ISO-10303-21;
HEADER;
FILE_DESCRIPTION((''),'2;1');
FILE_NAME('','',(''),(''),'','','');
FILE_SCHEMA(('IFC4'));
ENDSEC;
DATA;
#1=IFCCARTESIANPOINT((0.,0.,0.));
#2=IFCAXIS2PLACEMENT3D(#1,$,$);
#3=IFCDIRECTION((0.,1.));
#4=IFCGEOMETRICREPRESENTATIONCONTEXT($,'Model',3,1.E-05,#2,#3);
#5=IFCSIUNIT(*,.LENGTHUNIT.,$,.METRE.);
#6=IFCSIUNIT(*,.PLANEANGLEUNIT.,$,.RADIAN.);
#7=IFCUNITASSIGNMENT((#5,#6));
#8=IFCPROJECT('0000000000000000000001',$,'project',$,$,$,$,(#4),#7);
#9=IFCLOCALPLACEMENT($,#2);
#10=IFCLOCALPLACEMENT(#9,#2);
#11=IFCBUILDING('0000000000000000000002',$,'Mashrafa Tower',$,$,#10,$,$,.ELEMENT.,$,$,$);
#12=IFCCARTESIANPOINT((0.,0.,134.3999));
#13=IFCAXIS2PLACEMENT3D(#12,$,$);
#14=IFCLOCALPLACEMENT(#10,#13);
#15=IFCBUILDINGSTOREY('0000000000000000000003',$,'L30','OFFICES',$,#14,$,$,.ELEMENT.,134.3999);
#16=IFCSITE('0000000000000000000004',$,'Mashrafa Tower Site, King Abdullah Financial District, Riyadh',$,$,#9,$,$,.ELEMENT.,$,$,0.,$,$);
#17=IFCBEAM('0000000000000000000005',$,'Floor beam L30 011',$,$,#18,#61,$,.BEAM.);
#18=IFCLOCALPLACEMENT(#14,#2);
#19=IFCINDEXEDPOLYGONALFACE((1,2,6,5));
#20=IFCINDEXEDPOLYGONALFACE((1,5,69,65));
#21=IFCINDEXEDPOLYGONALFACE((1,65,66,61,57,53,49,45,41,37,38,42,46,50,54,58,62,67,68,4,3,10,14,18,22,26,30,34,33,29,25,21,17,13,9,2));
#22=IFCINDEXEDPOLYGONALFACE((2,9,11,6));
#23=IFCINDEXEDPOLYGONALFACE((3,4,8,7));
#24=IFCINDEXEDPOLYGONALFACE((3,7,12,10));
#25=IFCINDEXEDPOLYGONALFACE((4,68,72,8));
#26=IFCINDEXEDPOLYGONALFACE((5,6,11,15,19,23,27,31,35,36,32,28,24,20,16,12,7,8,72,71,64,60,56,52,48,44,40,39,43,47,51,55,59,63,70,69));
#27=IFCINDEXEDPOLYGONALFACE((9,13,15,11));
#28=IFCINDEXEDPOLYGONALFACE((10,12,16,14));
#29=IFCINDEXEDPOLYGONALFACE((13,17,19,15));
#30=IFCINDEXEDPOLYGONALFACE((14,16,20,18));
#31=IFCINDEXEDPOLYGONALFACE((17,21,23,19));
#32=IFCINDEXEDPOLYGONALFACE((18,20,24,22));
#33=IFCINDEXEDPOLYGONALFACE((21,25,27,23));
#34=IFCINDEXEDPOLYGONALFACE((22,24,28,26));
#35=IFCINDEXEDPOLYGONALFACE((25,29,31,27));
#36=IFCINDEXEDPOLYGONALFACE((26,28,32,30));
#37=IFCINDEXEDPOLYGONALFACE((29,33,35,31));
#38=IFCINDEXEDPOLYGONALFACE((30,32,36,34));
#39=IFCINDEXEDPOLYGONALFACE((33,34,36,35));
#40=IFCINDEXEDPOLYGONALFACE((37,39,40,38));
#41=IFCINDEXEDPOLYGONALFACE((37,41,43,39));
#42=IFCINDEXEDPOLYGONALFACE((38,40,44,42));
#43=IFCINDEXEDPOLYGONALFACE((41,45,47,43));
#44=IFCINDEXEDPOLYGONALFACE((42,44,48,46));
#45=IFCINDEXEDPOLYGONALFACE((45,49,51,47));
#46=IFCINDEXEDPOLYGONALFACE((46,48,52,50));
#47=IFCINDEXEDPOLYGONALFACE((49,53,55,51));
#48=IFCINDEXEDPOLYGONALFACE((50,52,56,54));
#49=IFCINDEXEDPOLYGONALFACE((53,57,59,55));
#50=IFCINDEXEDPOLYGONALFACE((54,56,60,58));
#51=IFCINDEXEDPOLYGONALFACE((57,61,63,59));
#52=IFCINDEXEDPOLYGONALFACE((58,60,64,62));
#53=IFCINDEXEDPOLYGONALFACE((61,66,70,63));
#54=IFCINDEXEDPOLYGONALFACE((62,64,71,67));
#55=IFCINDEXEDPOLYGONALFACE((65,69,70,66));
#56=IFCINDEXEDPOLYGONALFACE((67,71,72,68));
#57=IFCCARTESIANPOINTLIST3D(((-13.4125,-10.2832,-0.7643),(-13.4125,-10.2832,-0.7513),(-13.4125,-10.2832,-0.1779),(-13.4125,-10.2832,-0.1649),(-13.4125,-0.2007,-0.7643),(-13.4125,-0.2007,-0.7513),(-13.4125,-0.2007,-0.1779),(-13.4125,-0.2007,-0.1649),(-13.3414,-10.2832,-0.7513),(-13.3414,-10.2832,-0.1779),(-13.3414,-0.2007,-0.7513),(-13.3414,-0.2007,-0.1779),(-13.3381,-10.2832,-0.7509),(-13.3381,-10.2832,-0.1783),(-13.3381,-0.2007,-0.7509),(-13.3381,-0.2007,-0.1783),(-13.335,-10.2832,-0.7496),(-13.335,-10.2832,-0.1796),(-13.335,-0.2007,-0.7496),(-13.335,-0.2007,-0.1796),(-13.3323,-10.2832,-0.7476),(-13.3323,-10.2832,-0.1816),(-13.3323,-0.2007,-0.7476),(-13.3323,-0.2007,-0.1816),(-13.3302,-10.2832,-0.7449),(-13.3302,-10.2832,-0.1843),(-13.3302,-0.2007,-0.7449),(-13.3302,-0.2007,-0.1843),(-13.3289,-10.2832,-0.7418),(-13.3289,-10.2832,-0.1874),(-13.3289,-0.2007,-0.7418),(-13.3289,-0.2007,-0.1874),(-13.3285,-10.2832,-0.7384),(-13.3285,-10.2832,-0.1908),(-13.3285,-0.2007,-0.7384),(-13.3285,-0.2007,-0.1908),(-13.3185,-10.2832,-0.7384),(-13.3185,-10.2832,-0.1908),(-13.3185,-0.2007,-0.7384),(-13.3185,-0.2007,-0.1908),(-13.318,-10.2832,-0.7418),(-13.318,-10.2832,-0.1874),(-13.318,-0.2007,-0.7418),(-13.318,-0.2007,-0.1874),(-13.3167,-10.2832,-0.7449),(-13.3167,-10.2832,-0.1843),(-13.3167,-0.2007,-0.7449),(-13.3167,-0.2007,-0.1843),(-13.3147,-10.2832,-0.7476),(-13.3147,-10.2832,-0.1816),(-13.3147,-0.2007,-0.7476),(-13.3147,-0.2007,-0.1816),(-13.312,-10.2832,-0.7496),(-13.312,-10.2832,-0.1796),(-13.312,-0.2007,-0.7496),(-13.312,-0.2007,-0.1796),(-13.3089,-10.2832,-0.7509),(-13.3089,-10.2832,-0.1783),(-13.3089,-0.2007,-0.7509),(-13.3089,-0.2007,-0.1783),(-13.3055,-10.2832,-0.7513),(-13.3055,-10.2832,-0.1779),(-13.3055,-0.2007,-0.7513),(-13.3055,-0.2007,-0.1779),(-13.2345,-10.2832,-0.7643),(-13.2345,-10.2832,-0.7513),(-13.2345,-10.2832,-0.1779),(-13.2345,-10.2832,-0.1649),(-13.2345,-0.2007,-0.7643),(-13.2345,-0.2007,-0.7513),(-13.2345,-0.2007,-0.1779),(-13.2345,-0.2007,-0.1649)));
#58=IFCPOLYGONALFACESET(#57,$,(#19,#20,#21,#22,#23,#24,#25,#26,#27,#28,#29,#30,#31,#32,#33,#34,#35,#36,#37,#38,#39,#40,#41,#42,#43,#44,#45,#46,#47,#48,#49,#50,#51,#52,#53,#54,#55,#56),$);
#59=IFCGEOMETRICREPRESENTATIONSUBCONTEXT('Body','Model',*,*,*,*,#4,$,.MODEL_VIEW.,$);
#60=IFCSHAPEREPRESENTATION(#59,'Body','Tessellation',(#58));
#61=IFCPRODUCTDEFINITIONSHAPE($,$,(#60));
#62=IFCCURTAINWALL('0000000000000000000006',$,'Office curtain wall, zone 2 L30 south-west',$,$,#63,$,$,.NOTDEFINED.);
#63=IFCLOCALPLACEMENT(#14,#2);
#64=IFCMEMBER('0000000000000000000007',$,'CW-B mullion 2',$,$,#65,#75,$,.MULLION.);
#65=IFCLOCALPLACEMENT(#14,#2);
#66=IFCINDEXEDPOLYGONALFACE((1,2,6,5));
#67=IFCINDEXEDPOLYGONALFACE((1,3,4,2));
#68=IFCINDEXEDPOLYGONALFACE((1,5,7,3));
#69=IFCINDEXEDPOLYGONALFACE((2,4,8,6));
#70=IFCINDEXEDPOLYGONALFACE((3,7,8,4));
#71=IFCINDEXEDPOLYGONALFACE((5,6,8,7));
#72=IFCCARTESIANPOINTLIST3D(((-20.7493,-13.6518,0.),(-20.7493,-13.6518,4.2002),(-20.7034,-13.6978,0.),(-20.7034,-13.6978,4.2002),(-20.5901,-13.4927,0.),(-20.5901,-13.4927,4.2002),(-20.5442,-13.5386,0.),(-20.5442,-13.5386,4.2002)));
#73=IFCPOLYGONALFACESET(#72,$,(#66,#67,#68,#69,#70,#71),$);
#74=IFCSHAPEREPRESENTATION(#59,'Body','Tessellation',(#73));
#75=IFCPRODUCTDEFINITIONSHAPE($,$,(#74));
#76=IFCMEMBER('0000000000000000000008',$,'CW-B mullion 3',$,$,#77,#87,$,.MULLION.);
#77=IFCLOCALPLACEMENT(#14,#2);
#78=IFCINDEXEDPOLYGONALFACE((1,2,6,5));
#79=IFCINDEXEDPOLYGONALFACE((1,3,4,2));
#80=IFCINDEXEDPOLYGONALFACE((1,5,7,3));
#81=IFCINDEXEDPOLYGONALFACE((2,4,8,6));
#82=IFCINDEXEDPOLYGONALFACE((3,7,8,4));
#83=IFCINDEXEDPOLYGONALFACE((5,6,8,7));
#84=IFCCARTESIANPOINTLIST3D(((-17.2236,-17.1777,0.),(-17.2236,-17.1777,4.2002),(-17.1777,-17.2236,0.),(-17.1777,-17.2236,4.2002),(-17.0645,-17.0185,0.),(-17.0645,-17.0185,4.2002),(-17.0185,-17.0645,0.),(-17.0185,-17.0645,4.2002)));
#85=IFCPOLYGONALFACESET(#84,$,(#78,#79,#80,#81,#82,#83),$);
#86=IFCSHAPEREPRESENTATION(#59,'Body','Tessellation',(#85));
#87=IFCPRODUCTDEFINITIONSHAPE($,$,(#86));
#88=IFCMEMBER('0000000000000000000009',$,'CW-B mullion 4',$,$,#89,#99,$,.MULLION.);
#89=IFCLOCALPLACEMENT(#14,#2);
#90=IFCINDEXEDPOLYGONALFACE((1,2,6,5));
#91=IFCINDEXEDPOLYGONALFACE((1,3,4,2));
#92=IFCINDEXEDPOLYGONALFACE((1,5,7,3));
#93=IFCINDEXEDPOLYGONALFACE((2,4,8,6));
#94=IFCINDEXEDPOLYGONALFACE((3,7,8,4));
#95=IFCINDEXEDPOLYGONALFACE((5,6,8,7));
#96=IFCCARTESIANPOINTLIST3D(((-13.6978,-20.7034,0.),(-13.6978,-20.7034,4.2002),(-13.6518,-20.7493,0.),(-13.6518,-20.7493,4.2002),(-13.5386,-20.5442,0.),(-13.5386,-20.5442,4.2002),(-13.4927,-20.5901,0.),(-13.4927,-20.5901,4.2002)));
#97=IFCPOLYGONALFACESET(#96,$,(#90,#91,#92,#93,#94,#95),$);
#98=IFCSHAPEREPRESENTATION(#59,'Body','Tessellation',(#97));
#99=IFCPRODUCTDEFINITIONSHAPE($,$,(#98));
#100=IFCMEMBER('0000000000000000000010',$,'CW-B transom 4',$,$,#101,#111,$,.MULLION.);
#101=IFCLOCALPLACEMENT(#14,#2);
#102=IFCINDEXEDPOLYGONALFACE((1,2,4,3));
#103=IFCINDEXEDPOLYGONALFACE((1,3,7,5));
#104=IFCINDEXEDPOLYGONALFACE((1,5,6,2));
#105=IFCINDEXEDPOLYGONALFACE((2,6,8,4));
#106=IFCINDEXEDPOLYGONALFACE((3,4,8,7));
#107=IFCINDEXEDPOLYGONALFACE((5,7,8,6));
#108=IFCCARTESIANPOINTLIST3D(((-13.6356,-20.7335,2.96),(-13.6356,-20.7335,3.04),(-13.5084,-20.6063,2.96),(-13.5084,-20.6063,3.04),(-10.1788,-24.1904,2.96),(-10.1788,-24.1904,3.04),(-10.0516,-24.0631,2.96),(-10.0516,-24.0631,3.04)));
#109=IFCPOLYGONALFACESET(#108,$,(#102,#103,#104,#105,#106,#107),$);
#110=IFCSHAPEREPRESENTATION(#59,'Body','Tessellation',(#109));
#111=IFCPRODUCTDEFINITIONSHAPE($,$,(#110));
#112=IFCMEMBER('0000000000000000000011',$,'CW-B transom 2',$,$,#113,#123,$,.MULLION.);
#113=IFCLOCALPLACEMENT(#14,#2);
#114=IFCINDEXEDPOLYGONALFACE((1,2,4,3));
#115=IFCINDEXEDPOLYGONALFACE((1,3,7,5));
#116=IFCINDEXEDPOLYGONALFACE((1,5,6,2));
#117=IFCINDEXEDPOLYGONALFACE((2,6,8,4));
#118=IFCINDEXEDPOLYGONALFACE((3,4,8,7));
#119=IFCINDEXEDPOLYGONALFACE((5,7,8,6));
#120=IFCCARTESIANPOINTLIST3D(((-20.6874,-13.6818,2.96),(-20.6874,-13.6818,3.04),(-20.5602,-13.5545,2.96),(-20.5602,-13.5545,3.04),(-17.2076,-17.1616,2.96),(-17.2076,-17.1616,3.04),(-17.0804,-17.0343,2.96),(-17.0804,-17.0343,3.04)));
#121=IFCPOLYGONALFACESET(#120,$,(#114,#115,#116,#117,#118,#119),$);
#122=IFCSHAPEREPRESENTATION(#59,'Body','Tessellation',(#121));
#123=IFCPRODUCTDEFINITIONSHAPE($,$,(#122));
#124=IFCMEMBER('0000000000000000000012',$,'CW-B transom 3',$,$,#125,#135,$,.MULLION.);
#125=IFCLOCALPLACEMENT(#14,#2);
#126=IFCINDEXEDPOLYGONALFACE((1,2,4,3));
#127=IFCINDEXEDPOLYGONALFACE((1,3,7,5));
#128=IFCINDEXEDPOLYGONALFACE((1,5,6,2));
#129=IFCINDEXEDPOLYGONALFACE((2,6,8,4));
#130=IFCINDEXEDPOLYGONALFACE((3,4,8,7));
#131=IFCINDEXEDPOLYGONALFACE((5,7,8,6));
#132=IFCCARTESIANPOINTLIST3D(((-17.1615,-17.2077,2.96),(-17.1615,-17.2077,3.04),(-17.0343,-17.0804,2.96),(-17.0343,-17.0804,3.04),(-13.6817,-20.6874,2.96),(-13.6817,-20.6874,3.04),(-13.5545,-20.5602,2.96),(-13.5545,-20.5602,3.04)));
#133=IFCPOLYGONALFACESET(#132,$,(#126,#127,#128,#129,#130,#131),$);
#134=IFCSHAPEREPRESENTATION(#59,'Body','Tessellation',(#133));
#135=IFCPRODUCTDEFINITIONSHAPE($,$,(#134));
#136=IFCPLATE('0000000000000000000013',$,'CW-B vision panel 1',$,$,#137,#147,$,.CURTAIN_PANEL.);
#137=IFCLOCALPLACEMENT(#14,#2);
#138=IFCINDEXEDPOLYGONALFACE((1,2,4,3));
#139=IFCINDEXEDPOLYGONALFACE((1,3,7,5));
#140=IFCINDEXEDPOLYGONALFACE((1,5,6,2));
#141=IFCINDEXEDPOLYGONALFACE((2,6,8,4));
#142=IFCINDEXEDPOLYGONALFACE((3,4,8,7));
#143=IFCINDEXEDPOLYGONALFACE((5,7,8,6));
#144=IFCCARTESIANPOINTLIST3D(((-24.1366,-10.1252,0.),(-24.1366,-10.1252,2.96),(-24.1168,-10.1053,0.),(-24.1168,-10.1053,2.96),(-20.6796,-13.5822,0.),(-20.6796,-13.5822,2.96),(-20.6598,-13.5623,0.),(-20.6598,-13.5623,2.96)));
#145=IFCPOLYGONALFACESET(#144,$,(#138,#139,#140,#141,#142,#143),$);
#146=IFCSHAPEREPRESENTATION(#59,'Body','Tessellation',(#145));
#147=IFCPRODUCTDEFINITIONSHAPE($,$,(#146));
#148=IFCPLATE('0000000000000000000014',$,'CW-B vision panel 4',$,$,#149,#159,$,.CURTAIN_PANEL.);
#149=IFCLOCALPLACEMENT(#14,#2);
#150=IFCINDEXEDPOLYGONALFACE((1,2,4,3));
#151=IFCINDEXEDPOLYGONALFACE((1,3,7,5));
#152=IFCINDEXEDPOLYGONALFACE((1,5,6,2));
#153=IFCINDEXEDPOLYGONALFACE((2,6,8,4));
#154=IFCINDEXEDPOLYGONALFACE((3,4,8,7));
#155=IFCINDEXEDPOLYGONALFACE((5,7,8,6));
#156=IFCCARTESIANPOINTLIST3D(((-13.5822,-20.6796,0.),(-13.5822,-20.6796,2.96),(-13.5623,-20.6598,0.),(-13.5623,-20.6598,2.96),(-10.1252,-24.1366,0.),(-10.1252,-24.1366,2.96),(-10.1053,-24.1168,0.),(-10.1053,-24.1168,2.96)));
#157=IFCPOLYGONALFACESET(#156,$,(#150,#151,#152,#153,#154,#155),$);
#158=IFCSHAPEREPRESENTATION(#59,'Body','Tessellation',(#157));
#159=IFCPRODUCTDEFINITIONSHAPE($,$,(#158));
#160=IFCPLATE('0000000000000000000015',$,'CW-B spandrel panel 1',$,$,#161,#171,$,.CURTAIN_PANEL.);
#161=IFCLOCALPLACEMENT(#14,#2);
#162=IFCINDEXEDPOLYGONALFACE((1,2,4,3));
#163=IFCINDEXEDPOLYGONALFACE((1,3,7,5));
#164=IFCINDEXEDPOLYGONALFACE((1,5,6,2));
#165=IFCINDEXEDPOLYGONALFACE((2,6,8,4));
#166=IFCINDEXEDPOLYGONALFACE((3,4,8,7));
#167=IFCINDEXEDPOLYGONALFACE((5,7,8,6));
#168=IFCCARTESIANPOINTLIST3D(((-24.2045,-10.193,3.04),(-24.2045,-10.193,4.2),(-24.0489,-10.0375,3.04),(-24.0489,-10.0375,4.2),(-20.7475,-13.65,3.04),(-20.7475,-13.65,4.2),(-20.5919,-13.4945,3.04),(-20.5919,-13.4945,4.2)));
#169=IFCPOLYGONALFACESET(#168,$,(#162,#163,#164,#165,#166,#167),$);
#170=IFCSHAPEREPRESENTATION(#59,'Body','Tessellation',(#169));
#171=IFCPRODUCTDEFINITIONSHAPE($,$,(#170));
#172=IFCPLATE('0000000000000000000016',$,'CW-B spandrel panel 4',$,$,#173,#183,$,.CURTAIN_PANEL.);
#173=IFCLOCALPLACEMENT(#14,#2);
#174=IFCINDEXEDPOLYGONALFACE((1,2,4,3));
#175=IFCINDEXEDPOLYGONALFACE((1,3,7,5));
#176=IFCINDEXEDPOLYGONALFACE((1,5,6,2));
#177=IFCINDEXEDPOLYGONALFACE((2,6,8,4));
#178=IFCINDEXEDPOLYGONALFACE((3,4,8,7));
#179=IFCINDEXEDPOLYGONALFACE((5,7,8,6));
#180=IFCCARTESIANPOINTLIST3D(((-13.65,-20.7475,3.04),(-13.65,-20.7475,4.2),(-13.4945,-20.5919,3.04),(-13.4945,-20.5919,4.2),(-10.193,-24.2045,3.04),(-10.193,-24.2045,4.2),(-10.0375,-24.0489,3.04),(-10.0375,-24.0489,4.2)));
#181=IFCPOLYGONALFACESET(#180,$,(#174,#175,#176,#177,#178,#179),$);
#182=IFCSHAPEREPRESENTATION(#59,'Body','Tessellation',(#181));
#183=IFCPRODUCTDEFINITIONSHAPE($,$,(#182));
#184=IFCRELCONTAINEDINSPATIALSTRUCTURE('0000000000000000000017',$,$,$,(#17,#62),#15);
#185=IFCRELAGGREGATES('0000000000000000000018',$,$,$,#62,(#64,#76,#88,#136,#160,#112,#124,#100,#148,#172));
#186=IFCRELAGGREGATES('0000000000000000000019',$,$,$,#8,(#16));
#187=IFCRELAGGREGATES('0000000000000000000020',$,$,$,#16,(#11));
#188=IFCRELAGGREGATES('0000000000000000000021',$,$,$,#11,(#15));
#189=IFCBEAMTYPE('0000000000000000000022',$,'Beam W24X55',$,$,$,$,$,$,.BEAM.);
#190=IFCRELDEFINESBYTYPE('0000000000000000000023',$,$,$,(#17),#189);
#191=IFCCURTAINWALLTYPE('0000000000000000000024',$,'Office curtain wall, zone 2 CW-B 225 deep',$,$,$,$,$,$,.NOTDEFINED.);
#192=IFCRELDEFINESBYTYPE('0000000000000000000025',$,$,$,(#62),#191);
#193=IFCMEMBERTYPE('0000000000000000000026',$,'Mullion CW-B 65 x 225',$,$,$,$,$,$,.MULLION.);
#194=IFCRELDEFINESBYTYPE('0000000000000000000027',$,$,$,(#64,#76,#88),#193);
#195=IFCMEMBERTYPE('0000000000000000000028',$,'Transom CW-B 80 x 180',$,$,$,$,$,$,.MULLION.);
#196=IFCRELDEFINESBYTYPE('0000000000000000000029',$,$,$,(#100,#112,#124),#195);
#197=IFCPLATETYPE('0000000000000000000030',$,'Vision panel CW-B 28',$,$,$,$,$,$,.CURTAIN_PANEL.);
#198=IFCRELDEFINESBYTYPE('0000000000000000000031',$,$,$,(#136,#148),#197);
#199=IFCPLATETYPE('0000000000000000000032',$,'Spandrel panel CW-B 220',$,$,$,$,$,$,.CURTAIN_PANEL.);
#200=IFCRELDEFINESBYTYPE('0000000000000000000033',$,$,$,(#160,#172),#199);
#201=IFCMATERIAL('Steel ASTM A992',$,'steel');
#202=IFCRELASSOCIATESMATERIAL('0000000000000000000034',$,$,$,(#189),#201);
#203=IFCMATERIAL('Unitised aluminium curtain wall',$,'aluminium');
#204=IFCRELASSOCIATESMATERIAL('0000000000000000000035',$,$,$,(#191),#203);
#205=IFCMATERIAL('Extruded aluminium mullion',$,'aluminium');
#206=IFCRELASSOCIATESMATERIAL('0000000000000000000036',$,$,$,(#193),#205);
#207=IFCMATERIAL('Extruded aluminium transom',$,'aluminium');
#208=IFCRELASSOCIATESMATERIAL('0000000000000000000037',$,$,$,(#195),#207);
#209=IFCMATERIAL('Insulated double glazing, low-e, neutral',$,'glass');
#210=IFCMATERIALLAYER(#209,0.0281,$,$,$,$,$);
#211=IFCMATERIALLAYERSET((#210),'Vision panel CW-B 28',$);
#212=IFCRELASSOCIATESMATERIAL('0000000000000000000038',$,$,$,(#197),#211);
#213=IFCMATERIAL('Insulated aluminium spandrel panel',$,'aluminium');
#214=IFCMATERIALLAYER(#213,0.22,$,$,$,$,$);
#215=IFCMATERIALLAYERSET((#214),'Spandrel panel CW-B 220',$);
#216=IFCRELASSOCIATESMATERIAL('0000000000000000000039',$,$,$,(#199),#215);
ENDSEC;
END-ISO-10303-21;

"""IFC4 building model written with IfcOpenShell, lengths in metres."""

from ifc_helpers import new_model, si_unit, direction, frame, origin, origin_2d, place, context, subcontext, project, spatial, rectangle, i_section, extrude, source, transform, mapped, material, layer, layer_set, material_profile, profile_set, type_object, type_shapes, element, aggregate, save


model = new_model("IFC4")

# Units and contexts
model_context = context("Model", 3, precision=1e-05, world=origin(), true_north=direction((0.0, 1.0)))
body_context = subcontext(model_context, "Body", "Model", "MODEL_VIEW")
ifc_project = project(units=[si_unit("LENGTHUNIT", "METRE"), si_unit("PLANEANGLEUNIT", "RADIAN")], contexts=[model_context])

# Site, building, storey
site_placement = place(None, origin())
site = spatial("IfcSite", under=ifc_project, at=site_placement, Name="Mashrafa Tower Site, King Abdullah Financial District, Riyadh", CompositionType="ELEMENT", RefElevation=0.0)
building_placement = place(site_placement, origin())
building = spatial("IfcBuilding", under=site, at=building_placement, Name="Mashrafa Tower", CompositionType="ELEMENT")
storey_placement = place(building_placement, frame((0.0, 0.0, 134.3999)))
storey = spatial("IfcBuildingStorey", under=building, at=storey_placement, Name="L30", Description="OFFICES", CompositionType="ELEMENT", Elevation=134.3999)

# Beam
ifc_material_1 = material(Name="Steel ASTM A992", Category="steel")
ifc_material_profile_1 = material_profile(ifc_material_1, i_section(OverallWidth=0.178, OverallDepth=0.5994, WebThickness=0.01, FlangeThickness=0.0129, FilletRadius=0.0129, at=origin_2d()), Name="W24X55")
ifc_profile_set_1 = profile_set([ifc_material_profile_1], Name="Steel ASTM A992")
beam_type_1 = type_object("IfcBeamType", Name="Beam W24X55", PredefinedType="BEAM", material=ifc_profile_set_1)
beam_1_placement = place(storey_placement, frame((-13.3235, -10.2832, -0.4646), z_axis=(0.0, 1.0, 0.0), x_axis=(-1.0, 0.0, 0.0)))
element("IfcBeam", 1, at=beam_1_placement, inside=storey, type_object=beam_type_1, Name="Floor beam L30 011", PredefinedType="BEAM", context=body_context, shape_type="SweptSolid", body=[
    extrude(i_section(OverallWidth=0.178, OverallDepth=0.5994, WebThickness=0.01, FlangeThickness=0.0129, FilletRadius=0.0129, at=origin_2d()), origin(), (0.0, 0.0, 1.0), 10.0825),
])

# Curtain wall, members, plates
ifc_material_2 = material(Name="Unitised aluminium curtain wall", Category="aluminium")
curtain_wall_type = type_object("IfcCurtainWallType", Name="Office curtain wall, zone 2 CW-B 225 deep", PredefinedType="NOTDEFINED", material=ifc_material_2)
curtain_wall_placement = place(storey_placement, origin())
curtain_wall = element("IfcCurtainWall", 2, at=curtain_wall_placement, inside=storey, type_object=curtain_wall_type, Name="Office curtain wall, zone 2 L30 south-west", PredefinedType="NOTDEFINED")
ifc_material_3 = material(Name="Extruded aluminium mullion", Category="aluminium")
ifc_material_profile_2 = material_profile(ifc_material_3, rectangle(XDim=0.2251, YDim=0.0649, at=origin_2d()), Name="Mullion 65x225")
ifc_profile_set_2 = profile_set([ifc_material_profile_2], Name="Extruded aluminium mullion")
member_type_1 = type_object("IfcMemberType", Name="Mullion CW-B 65 x 225", PredefinedType="MULLION", material=ifc_profile_set_2)
shared_shape_1 = source(origin(), body_context, "Body", "SweptSolid", [
    extrude(rectangle(XDim=0.2251, YDim=0.0649, at=origin_2d()), origin(), (0.0, 0.0, 1.0), 4.2002),
])
type_shapes(member_type_1, [shared_shape_1])
member_1_placement = place(storey_placement, frame((-20.6467, -13.5952, 0.0), z_axis=(0.0, 0.0, 1.0), x_axis=(0.707107, 0.707107, 0.0)))
member_1 = element("IfcMember", 3, at=member_1_placement, type_object=member_type_1, Name="CW-B mullion 2", PredefinedType="MULLION", context=body_context, shape_type="MappedRepresentation", body=[
    mapped(shared_shape_1, transform((0.0, 0.0, 0.0))),
])
member_2_placement = place(storey_placement, frame((-17.1211, -17.1211, 0.0), z_axis=(0.0, 0.0, 1.0), x_axis=(0.707107, 0.707107, 0.0)))
member_2 = element("IfcMember", 4, at=member_2_placement, type_object=member_type_1, Name="CW-B mullion 3", PredefinedType="MULLION", context=body_context, shape_type="MappedRepresentation", body=[
    mapped(shared_shape_1, transform((0.0, 0.0, 0.0))),
])
member_3_placement = place(storey_placement, frame((-13.5952, -20.6467, 0.0), z_axis=(0.0, 0.0, 1.0), x_axis=(0.707107, 0.707107, 0.0)))
member_3 = element("IfcMember", 5, at=member_3_placement, type_object=member_type_1, Name="CW-B mullion 4", PredefinedType="MULLION", context=body_context, shape_type="MappedRepresentation", body=[
    mapped(shared_shape_1, transform((0.0, 0.0, 0.0))),
])
ifc_material_4 = material(Name="Extruded aluminium transom", Category="aluminium")
ifc_material_profile_3 = material_profile(ifc_material_4, rectangle(XDim=0.1799, YDim=0.0801, at=origin_2d()), Name="Transom 80x180")
ifc_profile_set_3 = profile_set([ifc_material_profile_3], Name="Extruded aluminium transom")
member_type_2 = type_object("IfcMemberType", Name="Transom CW-B 80 x 180", PredefinedType="MULLION", material=ifc_profile_set_3)
shared_shape_2 = source(origin(), body_context, "Body", "SweptSolid", [
    extrude(rectangle(XDim=0.1799, YDim=0.0801, at=origin_2d()), origin(), (0.0, 0.0, 1.0), 4.8887),
])
member_4_placement = place(storey_placement, frame((-13.572, -20.6699, 3.0), z_axis=(0.707107, -0.707107, 0.0), x_axis=(0.707107, 0.707107, 0.0)))
member_4 = element("IfcMember", 6, at=member_4_placement, type_object=member_type_2, Name="CW-B transom 4", PredefinedType="MULLION", context=body_context, shape_type="MappedRepresentation", body=[
    mapped(shared_shape_2, transform((0.0, 0.0, 0.0))),
])
shared_shape_3 = source(origin(), body_context, "Body", "SweptSolid", [
    extrude(rectangle(XDim=0.1799, YDim=0.0801, at=origin_2d()), origin(), (0.0, 0.0, 1.0), 4.9211),
])
type_shapes(member_type_2, [shared_shape_2, shared_shape_3])
member_5_placement = place(storey_placement, frame((-20.6238, -13.6182, 3.0), z_axis=(0.707107, -0.707107, 0.0), x_axis=(0.707107, 0.707107, 0.0)))
member_5 = element("IfcMember", 7, at=member_5_placement, type_object=member_type_2, Name="CW-B transom 2", PredefinedType="MULLION", context=body_context, shape_type="MappedRepresentation", body=[
    mapped(shared_shape_3, transform((0.0, 0.0, 0.0))),
])
member_6_placement = place(storey_placement, frame((-17.0979, -17.144, 3.0), z_axis=(0.707107, -0.707107, 0.0), x_axis=(0.707107, 0.707107, 0.0)))
member_6 = element("IfcMember", 8, at=member_6_placement, type_object=member_type_2, Name="CW-B transom 3", PredefinedType="MULLION", context=body_context, shape_type="MappedRepresentation", body=[
    mapped(shared_shape_3, transform((0.0, 0.0, 0.0))),
])
ifc_material_5 = material(Name="Insulated double glazing, low-e, neutral", Category="glass")
ifc_layer_1 = layer(ifc_material_5, 0.0281)
ifc_layer_set_1 = layer_set([ifc_layer_1], Name="Vision panel CW-B 28")
plate_type_1 = type_object("IfcPlateType", Name="Vision panel CW-B 28", PredefinedType="CURTAIN_PANEL", material=ifc_layer_set_1)
shared_shape_4 = source(origin(), body_context, "Body", "SweptSolid", [
    extrude(rectangle(XDim=4.8889, YDim=0.0281, at=origin_2d()), origin(), (0.0, 0.0, 1.0), 2.96),
])
plate_1_placement = place(storey_placement, frame((-22.3982, -11.8438, 0.0), z_axis=(0.0, 0.0, 1.0), x_axis=(0.707107, -0.707107, 0.0)))
plate_1 = element("IfcPlate", 9, at=plate_1_placement, type_object=plate_type_1, Name="CW-B vision panel 1", PredefinedType="CURTAIN_PANEL", context=body_context, shape_type="MappedRepresentation", body=[
    mapped(shared_shape_4, transform((0.0, 0.0, 0.0))),
])
plate_2_placement = place(storey_placement, frame((-11.8438, -22.3982, 0.0), z_axis=(0.0, 0.0, 1.0), x_axis=(0.707107, -0.707107, 0.0)))
plate_2 = element("IfcPlate", 10, at=plate_2_placement, type_object=plate_type_1, Name="CW-B vision panel 4", PredefinedType="CURTAIN_PANEL", context=body_context, shape_type="MappedRepresentation", body=[
    mapped(shared_shape_4, transform((0.0, 0.0, 0.0))),
])
ifc_material_6 = material(Name="Insulated aluminium spandrel panel", Category="aluminium")
ifc_layer_2 = layer(ifc_material_6, 0.22)
ifc_layer_set_2 = layer_set([ifc_layer_2], Name="Spandrel panel CW-B 220")
plate_type_2 = type_object("IfcPlateType", Name="Spandrel panel CW-B 220", PredefinedType="CURTAIN_PANEL", material=ifc_layer_set_2)
shared_shape_5 = source(origin(), body_context, "Body", "SweptSolid", [
    extrude(rectangle(XDim=4.8889, YDim=0.22, at=origin_2d()), origin(), (0.0, 0.0, 1.0), 1.1599),
])
plate_3_placement = place(storey_placement, frame((-22.3982, -11.8438, 3.04), z_axis=(0.0, 0.0, 1.0), x_axis=(0.707107, -0.707107, 0.0)))
plate_3 = element("IfcPlate", 11, at=plate_3_placement, type_object=plate_type_2, Name="CW-B spandrel panel 1", PredefinedType="CURTAIN_PANEL", context=body_context, shape_type="MappedRepresentation", body=[
    mapped(shared_shape_5, transform((0.0, 0.0, 0.0))),
])
plate_4_placement = place(storey_placement, frame((-11.8438, -22.3982, 3.04), z_axis=(0.0, 0.0, 1.0), x_axis=(0.707107, -0.707107, 0.0)))
plate_4 = element("IfcPlate", 12, at=plate_4_placement, type_object=plate_type_2, Name="CW-B spandrel panel 4", PredefinedType="CURTAIN_PANEL", context=body_context, shape_type="MappedRepresentation", body=[
    mapped(shared_shape_5, transform((0.0, 0.0, 0.0))),
])
aggregate(curtain_wall, [member_1, member_2, member_3, plate_1, plate_3, member_5, member_6, member_4, plate_2, plate_4])

save(model, "model.ifc")
